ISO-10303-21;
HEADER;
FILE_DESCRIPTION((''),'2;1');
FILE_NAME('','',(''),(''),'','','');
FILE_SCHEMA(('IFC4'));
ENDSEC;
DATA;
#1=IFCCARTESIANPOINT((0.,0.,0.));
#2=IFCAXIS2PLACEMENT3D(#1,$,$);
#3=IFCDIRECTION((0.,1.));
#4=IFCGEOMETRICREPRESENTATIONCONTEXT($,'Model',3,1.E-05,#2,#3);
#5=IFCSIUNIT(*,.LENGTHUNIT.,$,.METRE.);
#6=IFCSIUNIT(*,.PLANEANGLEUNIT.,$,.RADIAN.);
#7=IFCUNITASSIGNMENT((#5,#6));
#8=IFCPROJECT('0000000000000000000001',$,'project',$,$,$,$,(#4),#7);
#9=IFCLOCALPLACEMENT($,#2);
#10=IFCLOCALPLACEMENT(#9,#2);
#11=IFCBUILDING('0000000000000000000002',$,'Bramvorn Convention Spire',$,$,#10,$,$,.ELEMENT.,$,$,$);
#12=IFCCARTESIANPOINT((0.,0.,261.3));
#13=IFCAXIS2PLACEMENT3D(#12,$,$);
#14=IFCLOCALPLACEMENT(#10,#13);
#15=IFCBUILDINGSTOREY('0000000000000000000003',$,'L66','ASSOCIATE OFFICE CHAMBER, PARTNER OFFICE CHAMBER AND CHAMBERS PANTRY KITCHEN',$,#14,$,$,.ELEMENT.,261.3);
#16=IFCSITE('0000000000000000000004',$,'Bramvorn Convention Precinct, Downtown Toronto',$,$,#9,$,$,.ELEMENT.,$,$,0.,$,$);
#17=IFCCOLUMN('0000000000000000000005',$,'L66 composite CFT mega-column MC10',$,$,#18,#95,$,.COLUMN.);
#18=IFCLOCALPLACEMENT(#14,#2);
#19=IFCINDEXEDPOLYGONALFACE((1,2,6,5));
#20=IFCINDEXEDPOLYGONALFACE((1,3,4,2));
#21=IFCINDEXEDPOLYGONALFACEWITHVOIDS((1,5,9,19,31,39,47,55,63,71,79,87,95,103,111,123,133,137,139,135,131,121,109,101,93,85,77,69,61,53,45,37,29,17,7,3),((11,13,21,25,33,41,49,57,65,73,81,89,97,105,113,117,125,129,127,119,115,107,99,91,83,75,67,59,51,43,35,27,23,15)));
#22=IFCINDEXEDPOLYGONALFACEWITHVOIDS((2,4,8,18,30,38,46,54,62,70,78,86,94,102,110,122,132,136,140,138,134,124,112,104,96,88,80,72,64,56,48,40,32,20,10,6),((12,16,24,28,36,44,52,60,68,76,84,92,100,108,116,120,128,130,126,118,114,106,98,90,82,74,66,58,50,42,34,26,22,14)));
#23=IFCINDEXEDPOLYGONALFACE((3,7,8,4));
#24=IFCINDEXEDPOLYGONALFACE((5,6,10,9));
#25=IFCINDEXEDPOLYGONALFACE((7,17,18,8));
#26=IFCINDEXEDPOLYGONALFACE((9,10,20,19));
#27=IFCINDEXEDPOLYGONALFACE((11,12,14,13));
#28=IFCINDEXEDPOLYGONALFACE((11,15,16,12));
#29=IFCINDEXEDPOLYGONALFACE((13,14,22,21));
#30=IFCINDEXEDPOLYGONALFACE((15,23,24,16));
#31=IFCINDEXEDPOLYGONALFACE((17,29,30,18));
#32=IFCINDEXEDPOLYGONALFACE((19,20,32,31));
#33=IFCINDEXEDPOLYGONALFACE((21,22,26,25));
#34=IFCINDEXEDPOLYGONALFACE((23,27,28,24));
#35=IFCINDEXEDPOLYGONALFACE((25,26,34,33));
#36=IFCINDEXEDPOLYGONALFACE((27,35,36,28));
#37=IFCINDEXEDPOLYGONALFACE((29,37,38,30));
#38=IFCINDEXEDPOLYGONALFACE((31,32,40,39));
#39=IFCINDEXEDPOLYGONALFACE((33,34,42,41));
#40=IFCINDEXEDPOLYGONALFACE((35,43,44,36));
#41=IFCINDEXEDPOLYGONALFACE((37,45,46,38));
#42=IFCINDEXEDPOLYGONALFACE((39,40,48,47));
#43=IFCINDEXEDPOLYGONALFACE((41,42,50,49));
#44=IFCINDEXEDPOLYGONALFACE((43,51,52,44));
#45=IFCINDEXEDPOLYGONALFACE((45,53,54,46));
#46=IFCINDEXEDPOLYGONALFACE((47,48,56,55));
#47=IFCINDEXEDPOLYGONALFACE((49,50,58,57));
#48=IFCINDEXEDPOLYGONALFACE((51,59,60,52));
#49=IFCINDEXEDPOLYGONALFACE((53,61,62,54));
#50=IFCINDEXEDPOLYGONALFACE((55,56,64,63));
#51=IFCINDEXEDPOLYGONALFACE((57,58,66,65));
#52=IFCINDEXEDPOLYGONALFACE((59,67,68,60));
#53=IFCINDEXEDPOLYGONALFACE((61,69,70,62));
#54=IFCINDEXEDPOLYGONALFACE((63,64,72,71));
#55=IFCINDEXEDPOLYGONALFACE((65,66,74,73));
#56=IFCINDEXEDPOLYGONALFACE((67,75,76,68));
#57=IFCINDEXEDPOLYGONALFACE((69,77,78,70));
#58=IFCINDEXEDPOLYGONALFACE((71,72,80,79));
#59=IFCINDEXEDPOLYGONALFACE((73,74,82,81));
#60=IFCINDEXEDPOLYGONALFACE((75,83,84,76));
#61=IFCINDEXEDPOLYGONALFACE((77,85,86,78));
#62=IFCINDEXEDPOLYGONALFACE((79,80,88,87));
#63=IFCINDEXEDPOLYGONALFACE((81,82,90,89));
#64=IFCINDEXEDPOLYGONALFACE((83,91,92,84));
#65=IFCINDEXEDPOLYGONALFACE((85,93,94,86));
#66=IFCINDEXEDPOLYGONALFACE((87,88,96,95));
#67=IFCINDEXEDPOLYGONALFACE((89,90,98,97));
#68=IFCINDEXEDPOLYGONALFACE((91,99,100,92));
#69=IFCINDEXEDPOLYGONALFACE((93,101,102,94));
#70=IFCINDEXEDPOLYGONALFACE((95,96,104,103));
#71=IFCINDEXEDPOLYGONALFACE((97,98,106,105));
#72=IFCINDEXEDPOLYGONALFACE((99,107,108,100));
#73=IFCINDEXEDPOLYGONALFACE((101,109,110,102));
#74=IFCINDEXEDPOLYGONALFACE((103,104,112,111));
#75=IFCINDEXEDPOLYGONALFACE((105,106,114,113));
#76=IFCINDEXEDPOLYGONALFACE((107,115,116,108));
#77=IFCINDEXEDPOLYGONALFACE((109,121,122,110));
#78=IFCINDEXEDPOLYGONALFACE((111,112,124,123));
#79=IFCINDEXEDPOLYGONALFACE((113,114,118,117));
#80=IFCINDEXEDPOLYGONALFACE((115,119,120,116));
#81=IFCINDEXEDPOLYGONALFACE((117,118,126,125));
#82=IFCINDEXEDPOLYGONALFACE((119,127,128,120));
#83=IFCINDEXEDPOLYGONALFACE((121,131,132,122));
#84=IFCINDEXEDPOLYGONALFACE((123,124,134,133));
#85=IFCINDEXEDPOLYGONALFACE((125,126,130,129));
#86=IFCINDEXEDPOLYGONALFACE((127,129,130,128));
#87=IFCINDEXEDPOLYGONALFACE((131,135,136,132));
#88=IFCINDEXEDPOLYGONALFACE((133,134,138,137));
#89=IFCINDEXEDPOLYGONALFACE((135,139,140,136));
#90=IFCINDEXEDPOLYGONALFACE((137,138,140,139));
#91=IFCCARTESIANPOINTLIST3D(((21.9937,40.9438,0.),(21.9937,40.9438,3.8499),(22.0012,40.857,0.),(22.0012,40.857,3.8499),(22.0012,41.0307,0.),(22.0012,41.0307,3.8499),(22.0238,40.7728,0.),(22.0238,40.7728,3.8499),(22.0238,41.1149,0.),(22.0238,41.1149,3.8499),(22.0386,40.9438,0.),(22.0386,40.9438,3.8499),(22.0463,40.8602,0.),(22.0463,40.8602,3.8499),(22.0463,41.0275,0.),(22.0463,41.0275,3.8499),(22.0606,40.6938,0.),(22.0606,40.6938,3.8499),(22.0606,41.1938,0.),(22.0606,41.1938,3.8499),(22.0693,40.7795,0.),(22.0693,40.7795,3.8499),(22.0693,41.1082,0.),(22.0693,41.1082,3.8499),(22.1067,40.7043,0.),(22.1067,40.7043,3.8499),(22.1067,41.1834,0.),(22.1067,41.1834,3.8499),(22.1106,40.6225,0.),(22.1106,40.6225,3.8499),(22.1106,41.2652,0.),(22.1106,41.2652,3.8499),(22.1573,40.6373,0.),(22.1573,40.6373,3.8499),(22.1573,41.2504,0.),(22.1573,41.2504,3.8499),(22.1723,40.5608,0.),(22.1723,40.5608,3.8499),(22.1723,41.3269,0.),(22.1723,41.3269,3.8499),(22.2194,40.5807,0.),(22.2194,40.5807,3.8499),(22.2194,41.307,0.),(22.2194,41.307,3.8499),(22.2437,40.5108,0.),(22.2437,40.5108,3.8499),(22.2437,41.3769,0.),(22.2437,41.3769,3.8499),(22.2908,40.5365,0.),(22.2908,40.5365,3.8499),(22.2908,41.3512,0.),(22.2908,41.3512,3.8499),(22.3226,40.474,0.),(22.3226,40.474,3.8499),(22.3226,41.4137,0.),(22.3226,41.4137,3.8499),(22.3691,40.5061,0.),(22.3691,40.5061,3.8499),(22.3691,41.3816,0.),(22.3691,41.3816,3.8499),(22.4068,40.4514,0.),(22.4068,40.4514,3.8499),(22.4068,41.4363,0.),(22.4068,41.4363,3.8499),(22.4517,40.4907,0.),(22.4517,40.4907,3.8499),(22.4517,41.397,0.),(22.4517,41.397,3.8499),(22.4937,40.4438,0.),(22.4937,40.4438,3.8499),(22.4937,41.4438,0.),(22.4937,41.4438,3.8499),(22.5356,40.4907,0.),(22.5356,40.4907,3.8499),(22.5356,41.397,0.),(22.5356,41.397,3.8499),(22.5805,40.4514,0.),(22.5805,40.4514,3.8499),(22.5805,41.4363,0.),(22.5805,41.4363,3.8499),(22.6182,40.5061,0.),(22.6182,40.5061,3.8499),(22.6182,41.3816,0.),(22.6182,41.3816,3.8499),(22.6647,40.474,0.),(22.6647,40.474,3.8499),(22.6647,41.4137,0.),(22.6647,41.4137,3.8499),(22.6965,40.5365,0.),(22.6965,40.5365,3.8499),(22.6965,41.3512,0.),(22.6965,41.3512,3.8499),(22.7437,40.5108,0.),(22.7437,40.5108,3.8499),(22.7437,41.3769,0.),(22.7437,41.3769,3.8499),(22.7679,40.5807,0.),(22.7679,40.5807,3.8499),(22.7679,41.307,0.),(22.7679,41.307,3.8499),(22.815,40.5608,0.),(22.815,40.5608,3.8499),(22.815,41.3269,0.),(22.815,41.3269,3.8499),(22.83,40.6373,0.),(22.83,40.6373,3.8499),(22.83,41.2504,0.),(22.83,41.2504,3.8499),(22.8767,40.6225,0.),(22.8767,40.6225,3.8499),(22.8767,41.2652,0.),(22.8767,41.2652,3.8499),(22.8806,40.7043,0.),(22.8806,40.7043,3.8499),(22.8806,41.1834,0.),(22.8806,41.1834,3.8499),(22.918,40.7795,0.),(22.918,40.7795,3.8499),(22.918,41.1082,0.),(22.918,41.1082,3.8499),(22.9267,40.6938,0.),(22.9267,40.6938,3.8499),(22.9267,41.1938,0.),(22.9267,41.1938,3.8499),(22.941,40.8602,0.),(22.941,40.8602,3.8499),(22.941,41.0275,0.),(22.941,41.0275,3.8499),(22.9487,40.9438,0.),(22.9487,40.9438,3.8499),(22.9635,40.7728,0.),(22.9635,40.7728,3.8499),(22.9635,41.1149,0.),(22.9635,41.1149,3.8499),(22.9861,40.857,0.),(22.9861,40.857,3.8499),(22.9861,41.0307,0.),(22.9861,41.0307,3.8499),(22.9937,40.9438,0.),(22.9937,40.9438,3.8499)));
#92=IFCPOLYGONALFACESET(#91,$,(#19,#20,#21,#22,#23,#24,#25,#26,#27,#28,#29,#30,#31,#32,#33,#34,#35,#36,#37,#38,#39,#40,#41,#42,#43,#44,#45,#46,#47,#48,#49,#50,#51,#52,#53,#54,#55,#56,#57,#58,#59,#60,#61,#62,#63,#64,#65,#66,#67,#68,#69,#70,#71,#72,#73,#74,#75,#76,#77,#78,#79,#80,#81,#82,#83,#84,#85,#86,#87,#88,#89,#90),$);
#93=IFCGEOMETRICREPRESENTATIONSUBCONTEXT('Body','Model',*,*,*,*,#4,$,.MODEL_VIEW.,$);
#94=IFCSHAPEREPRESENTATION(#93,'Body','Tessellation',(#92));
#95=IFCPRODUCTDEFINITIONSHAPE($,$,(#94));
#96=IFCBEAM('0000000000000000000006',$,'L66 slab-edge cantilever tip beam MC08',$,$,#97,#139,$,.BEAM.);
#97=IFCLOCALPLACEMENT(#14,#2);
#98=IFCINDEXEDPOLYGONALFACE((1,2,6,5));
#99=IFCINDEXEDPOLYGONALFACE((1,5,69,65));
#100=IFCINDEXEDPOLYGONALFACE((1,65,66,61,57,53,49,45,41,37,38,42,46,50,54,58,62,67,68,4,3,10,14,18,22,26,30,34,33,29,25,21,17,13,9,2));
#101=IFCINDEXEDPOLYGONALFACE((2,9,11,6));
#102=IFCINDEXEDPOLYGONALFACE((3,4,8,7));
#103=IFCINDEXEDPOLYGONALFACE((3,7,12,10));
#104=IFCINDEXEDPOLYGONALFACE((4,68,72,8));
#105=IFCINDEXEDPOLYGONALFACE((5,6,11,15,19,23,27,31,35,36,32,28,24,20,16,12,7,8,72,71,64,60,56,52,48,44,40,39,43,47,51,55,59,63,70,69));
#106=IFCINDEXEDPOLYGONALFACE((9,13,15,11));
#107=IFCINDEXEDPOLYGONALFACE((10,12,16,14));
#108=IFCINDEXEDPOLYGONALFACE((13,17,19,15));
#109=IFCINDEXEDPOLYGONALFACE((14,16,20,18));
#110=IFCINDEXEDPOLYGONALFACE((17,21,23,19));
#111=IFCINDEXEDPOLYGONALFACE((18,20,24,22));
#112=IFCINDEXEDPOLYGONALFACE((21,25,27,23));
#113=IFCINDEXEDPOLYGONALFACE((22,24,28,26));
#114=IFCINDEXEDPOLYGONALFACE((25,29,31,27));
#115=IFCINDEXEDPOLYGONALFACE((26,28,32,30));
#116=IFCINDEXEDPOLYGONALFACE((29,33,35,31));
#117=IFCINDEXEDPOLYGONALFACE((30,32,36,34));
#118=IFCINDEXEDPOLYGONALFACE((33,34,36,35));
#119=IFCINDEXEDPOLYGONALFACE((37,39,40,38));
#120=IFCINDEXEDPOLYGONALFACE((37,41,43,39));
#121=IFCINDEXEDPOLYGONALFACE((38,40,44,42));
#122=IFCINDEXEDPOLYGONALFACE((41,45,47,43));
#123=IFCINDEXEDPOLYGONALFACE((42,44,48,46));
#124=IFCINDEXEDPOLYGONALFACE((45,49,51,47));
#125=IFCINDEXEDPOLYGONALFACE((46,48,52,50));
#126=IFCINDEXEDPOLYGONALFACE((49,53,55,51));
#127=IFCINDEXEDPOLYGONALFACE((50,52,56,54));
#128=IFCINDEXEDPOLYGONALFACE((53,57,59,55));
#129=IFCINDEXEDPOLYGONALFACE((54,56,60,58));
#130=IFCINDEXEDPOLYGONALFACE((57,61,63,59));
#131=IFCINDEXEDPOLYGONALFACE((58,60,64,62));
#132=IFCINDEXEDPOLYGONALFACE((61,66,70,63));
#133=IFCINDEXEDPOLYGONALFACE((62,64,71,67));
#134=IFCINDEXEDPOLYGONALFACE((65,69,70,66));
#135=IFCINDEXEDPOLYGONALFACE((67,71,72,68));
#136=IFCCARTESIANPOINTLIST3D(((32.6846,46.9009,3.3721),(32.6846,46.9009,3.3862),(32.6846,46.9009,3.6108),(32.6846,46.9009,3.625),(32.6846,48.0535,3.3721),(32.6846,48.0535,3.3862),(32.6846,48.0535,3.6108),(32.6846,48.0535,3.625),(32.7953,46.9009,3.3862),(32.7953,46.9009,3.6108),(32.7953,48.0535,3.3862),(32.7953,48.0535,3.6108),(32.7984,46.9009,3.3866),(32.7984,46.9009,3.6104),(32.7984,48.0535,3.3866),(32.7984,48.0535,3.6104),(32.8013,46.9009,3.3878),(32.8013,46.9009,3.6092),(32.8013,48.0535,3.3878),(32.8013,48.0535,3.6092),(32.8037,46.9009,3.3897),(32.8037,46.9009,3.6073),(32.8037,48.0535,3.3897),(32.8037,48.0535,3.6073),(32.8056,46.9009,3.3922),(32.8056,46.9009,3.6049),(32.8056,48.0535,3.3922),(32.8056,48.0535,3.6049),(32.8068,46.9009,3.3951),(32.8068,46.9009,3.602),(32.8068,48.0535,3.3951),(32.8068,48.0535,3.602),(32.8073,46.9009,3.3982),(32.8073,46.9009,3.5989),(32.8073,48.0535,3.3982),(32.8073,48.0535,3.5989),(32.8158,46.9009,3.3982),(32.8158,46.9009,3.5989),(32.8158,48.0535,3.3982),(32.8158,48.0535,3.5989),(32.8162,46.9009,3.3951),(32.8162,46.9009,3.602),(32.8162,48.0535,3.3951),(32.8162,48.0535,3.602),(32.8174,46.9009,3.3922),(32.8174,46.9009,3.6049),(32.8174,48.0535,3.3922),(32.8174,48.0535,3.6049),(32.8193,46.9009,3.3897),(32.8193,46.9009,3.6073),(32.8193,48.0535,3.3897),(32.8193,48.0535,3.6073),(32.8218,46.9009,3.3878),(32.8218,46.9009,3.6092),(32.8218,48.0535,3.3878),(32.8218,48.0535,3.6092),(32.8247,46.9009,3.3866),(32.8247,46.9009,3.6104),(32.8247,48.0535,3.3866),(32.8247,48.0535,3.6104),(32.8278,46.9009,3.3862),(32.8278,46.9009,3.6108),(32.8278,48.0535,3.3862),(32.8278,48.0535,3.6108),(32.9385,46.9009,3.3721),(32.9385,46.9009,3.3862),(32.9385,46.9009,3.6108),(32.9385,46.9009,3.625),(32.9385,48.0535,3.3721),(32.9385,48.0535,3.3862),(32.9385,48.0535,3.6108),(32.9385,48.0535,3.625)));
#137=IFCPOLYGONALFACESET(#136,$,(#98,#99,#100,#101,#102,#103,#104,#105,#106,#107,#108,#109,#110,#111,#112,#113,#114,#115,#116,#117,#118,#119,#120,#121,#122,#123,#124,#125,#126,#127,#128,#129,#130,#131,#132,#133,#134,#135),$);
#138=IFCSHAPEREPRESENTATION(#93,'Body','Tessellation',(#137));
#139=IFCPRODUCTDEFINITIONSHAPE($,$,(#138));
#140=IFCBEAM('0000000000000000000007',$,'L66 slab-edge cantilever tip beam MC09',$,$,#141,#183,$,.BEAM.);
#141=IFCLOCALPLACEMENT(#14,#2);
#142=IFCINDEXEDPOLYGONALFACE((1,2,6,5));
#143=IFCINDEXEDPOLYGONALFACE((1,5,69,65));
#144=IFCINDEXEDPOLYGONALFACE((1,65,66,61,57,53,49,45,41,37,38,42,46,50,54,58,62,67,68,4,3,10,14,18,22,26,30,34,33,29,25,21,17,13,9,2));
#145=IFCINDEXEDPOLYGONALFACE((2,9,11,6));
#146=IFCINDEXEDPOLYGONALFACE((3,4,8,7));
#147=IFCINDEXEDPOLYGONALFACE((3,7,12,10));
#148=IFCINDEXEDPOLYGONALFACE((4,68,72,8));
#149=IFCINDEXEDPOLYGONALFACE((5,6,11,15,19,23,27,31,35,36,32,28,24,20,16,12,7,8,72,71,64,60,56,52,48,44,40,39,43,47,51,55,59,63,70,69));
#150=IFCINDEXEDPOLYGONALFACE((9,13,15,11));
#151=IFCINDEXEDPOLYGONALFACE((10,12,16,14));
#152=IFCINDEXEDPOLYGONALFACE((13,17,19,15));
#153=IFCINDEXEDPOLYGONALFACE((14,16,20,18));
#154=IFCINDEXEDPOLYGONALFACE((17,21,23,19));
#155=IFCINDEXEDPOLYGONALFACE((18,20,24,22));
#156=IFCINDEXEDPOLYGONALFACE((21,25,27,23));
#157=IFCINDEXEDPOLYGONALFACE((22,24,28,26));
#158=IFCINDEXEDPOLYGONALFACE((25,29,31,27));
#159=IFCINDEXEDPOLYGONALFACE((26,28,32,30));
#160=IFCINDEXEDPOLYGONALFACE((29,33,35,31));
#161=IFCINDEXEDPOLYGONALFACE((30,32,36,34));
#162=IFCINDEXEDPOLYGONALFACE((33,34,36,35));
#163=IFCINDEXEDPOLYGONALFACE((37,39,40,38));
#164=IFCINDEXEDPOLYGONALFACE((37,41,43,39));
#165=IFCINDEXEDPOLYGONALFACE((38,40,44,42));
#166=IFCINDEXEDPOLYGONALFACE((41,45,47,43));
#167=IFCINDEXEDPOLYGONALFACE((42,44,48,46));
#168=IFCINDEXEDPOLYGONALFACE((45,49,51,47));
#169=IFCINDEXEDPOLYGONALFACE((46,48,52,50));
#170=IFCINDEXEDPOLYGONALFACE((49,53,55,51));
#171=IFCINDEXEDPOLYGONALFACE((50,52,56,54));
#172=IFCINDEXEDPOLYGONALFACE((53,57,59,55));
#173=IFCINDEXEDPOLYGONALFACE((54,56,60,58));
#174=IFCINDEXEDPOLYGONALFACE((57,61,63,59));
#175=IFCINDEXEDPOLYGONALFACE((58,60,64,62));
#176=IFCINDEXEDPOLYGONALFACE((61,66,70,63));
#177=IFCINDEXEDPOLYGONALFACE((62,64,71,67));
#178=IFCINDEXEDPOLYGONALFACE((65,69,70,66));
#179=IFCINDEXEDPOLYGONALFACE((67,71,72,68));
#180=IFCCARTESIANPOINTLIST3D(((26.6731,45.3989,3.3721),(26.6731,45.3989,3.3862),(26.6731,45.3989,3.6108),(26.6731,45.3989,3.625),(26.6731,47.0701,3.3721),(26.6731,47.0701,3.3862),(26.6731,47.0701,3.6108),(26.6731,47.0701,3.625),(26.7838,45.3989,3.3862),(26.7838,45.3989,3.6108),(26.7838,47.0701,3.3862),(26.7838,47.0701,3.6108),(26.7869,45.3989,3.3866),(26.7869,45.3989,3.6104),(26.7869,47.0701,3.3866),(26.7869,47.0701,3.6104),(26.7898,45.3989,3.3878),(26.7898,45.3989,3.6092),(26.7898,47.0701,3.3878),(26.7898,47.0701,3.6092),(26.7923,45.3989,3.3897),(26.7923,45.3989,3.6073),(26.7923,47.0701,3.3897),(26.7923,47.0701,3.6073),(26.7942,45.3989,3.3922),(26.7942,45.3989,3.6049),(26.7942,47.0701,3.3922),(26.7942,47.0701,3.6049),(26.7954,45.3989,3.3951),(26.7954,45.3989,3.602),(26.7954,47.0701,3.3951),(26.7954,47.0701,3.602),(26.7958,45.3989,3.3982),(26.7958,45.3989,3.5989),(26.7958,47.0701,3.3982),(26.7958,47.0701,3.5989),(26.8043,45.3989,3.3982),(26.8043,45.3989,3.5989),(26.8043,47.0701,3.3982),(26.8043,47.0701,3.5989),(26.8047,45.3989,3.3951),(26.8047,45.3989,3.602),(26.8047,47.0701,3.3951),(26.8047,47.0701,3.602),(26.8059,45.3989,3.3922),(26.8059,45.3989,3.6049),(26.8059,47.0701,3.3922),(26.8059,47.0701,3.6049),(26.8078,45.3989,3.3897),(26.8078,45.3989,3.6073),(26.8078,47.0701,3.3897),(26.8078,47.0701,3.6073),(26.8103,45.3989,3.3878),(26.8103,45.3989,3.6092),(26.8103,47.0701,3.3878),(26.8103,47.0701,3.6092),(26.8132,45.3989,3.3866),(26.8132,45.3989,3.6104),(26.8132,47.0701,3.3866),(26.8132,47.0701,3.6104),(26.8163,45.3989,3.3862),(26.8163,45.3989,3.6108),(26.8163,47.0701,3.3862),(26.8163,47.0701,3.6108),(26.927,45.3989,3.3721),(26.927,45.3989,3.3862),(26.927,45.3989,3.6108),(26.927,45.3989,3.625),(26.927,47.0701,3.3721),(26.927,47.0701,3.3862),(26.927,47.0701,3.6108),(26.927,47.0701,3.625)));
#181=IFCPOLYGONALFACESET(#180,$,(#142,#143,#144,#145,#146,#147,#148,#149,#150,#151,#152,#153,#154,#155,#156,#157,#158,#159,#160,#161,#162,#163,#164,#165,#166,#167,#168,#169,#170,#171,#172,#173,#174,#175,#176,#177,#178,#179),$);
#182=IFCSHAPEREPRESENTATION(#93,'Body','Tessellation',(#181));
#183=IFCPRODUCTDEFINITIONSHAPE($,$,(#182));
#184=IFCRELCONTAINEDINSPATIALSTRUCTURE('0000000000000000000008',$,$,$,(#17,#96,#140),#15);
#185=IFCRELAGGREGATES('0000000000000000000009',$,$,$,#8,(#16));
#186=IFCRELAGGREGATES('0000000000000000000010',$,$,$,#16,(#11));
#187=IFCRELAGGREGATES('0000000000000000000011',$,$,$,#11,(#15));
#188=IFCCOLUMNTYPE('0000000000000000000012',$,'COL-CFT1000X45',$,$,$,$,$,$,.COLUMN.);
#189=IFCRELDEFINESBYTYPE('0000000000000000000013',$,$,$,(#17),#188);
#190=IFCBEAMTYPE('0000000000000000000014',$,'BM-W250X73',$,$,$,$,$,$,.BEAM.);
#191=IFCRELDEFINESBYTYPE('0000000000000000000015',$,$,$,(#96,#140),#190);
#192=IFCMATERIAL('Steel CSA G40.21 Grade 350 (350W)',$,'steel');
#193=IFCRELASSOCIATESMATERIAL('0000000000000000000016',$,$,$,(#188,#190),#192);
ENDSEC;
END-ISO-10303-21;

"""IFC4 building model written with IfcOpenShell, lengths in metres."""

from ifc_helpers import new_model, si_unit, direction, frame, origin, origin_2d, place, context, subcontext, project, spatial, hollow_circle, i_section, extrude, material, material_profile, profile_set, type_object, element, save


model = new_model("IFC4")

# Units and contexts
model_context = context("Model", 3, precision=1e-05, world=origin(), true_north=direction((0.0, 1.0)))
body_context = subcontext(model_context, "Body", "Model", "MODEL_VIEW")
ifc_project = project(units=[si_unit("LENGTHUNIT", "METRE"), si_unit("PLANEANGLEUNIT", "RADIAN")], contexts=[model_context])

# Site, building, storey
site_placement = place(None, origin())
site = spatial("IfcSite", under=ifc_project, at=site_placement, Name="Bramvorn Convention Precinct, Downtown Toronto", CompositionType="ELEMENT", RefElevation=0.0)
building_placement = place(site_placement, origin())
building = spatial("IfcBuilding", under=site, at=building_placement, Name="Bramvorn Convention Spire", CompositionType="ELEMENT")
storey_placement = place(building_placement, frame((0.0, 0.0, 261.3)))
storey = spatial("IfcBuildingStorey", under=building, at=storey_placement, Name="L66", Description="ASSOCIATE OFFICE CHAMBER, PARTNER OFFICE CHAMBER AND CHAMBERS PANTRY KITCHEN", CompositionType="ELEMENT", Elevation=261.3)

# Column
ifc_material_1 = material(Name="Steel CSA G40.21 Grade 350 (350W)", Category="steel")
ifc_material_profile_1 = material_profile(ifc_material_1, hollow_circle(Radius=0.5, WallThickness=0.0449, at=origin_2d()))
ifc_profile_set_1 = profile_set([ifc_material_profile_1], Name="Steel CSA G40.21 Grade 350 (350W) - CFT1000X45")
column_type = type_object("IfcColumnType", Name="COL-CFT1000X45", PredefinedType="COLUMN", material=ifc_profile_set_1)
for number, where, z_axis, x_axis, name in (
    (1, (22.4937, 40.9438, 0.0), (0.0, 0.0, 1.0), (1.0, 0.0, 0.0), "L66 composite CFT mega-column MC10"),
):
    element("IfcColumn", number, at=place(storey_placement, frame(where, z_axis=z_axis, x_axis=x_axis)), inside=storey, type_object=column_type, Name=name, PredefinedType="COLUMN", context=body_context, shape_type="SweptSolid", body=[
        extrude(hollow_circle(Radius=0.5, WallThickness=0.0449, at=origin_2d()), origin(), (0.0, 0.0, 1.0), 3.8499),
    ])

# Beams
ifc_material_profile_2 = material_profile(ifc_material_1, i_section(OverallWidth=0.2539, OverallDepth=0.2529, WebThickness=0.0085, FlangeThickness=0.0142, FilletRadius=0.012, at=origin_2d()))
ifc_profile_set_2 = profile_set([ifc_material_profile_2], Name="Steel CSA G40.21 Grade 350 (350W) - W250X73")
beam_type_1 = type_object("IfcBeamType", Name="BM-W250X73", PredefinedType="BEAM", material=ifc_profile_set_2)
beam_1_placement = place(storey_placement, frame((32.8115, 46.9009, 3.4985), z_axis=(0.0, 1.0, 0.0), x_axis=(-1.0, 0.0, 0.0)))
element("IfcBeam", 2, at=beam_1_placement, inside=storey, type_object=beam_type_1, Name="L66 slab-edge cantilever tip beam MC08", PredefinedType="BEAM", context=body_context, shape_type="SweptSolid", body=[
    extrude(i_section(OverallWidth=0.2539, OverallDepth=0.2529, WebThickness=0.0085, FlangeThickness=0.0142, FilletRadius=0.012, at=origin_2d()), origin(), (0.0, 0.0, 1.0), 1.1526),
])
beam_2_placement = place(storey_placement, frame((26.8, 45.3989, 3.4985), z_axis=(0.0, 1.0, 0.0), x_axis=(-1.0, 0.0, 0.0)))
element("IfcBeam", 3, at=beam_2_placement, inside=storey, type_object=beam_type_1, Name="L66 slab-edge cantilever tip beam MC09", PredefinedType="BEAM", context=body_context, shape_type="SweptSolid", body=[
    extrude(i_section(OverallWidth=0.2539, OverallDepth=0.2529, WebThickness=0.0085, FlangeThickness=0.0142, FilletRadius=0.012, at=origin_2d()), origin(), (0.0, 0.0, 1.0), 1.6711),
])

save(model, "model.ifc")
